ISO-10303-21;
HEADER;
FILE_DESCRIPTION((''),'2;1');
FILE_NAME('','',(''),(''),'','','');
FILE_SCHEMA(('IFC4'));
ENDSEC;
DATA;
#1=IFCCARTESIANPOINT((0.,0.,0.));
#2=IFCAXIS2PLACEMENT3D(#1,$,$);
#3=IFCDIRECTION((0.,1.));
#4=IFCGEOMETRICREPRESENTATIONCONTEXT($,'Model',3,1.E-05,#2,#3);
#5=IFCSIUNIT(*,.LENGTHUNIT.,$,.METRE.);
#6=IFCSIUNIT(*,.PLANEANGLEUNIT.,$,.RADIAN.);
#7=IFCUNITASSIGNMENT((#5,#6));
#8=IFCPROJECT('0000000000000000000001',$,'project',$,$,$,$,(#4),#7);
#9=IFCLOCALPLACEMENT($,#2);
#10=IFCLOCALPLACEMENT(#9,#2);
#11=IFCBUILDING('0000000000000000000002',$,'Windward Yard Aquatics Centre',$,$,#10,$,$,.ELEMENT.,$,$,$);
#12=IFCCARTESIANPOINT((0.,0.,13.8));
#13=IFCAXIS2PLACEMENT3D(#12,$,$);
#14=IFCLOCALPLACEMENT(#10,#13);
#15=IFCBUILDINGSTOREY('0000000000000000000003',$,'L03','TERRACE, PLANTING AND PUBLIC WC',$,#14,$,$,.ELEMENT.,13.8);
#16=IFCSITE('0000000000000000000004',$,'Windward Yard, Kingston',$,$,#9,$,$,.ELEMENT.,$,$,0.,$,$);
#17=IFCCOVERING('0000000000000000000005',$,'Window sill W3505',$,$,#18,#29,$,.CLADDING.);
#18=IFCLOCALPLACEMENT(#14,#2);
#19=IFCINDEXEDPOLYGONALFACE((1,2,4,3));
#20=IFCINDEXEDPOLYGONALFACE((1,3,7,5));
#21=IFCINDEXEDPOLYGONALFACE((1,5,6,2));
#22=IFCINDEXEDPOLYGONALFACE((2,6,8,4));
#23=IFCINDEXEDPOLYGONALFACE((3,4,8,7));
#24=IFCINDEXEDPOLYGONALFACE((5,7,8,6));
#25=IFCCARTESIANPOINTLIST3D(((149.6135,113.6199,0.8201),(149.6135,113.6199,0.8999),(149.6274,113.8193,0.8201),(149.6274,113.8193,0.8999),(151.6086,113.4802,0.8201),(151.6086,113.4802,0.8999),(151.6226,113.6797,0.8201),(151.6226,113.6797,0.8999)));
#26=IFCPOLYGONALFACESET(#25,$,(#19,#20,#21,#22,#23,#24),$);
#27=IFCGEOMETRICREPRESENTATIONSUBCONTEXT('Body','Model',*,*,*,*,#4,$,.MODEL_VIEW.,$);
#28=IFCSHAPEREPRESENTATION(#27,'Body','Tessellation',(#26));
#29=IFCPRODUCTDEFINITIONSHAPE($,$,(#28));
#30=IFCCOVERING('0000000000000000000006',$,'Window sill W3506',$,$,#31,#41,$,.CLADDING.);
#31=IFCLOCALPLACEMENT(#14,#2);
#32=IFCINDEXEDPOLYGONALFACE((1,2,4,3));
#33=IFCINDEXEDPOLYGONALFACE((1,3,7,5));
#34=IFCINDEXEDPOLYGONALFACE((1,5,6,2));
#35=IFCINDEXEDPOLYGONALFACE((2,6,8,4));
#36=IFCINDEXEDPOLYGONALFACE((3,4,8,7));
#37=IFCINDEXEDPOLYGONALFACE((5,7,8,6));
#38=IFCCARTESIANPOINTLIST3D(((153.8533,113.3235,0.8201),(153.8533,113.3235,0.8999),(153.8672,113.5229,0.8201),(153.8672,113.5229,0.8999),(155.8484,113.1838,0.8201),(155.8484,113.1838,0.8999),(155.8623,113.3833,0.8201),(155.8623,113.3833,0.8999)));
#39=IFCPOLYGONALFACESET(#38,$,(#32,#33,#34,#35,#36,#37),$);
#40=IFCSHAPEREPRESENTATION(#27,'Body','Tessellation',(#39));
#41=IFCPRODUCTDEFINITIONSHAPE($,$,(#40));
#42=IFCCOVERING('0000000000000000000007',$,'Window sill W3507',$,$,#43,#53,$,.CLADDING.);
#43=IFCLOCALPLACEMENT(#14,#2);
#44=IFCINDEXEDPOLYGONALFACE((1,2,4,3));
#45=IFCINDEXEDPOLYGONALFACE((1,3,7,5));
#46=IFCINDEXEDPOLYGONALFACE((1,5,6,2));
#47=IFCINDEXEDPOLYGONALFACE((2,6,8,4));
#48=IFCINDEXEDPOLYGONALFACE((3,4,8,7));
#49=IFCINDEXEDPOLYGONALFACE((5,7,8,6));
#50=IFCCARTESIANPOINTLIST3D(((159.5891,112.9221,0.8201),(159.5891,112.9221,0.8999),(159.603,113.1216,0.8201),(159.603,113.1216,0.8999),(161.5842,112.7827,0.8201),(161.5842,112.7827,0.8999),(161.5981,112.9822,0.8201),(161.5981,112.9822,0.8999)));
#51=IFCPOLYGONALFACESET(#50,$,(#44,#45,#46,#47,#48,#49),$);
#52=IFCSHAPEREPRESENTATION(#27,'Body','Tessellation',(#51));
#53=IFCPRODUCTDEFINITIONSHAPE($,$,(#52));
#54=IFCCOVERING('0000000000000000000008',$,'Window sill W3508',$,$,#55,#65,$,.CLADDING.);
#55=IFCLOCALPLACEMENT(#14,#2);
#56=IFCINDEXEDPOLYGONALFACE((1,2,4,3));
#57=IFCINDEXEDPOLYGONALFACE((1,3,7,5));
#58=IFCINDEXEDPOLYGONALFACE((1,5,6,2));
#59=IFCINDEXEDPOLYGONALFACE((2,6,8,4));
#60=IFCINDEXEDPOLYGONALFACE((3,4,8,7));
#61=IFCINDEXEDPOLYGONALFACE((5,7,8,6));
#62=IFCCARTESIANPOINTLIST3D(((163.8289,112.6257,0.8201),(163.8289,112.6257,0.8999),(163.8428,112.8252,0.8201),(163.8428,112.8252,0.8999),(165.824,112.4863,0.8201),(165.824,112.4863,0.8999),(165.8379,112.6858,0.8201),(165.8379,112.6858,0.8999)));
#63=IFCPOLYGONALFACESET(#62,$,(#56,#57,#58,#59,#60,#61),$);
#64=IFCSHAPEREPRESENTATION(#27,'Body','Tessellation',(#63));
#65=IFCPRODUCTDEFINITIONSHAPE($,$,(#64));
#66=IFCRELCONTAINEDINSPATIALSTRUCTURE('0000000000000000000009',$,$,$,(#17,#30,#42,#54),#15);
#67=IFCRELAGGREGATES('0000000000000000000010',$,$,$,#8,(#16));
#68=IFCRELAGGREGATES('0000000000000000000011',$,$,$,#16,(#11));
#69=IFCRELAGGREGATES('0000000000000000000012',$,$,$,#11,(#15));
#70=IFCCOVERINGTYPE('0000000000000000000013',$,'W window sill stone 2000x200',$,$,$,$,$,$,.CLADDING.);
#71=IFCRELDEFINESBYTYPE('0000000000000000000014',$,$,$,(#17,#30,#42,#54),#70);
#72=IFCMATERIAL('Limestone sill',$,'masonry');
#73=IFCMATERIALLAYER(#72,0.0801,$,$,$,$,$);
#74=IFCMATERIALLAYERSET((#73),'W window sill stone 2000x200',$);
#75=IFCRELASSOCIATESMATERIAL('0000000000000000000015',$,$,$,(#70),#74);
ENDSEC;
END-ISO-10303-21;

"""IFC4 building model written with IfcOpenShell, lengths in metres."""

from ifc_helpers import new_model, si_unit, direction, frame, origin, place, context, subcontext, project, spatial, polyline, outline, extrude, material, layer, layer_set, type_object, element, save


model = new_model("IFC4")

# Units and contexts
model_context = context("Model", 3, precision=1e-05, world=origin(), true_north=direction((0.0, 1.0)))
body_context = subcontext(model_context, "Body", "Model", "MODEL_VIEW")
ifc_project = project(units=[si_unit("LENGTHUNIT", "METRE"), si_unit("PLANEANGLEUNIT", "RADIAN")], contexts=[model_context])

# Site, building, storey
site_placement = place(None, origin())
site = spatial("IfcSite", under=ifc_project, at=site_placement, Name="Windward Yard, Kingston", CompositionType="ELEMENT", RefElevation=0.0)
building_placement = place(site_placement, origin())
building = spatial("IfcBuilding", under=site, at=building_placement, Name="Windward Yard Aquatics Centre", CompositionType="ELEMENT")
storey_placement = place(building_placement, frame((0.0, 0.0, 13.8)))
storey = spatial("IfcBuildingStorey", under=building, at=storey_placement, Name="L03", Description="TERRACE, PLANTING AND PUBLIC WC", CompositionType="ELEMENT", Elevation=13.8)

# Coverings
ifc_material_1 = material(Name="Limestone sill", Category="masonry")
ifc_layer_1 = layer(ifc_material_1, 0.0801)
ifc_layer_set_1 = layer_set([ifc_layer_1], Name="W window sill stone 2000x200")
covering_type_1 = type_object("IfcCoveringType", Name="W window sill stone 2000x200", PredefinedType="CLADDING", material=ifc_layer_set_1)
covering_1_placement = place(storey_placement, frame((0.0, 0.0, 0.8201)))
element("IfcCovering", 1, at=covering_1_placement, inside=storey, type_object=covering_type_1, Name="Window sill W3505", PredefinedType="CLADDING", context=body_context, shape_type="SweptSolid", body=[
    extrude(outline(polyline([(149.6135, 113.6199), (149.6274, 113.8193), (151.6226, 113.6797), (151.6086, 113.4802), (149.6135, 113.6199)])), origin(), (0.0, 0.0, 1.0), 0.0798),
])
covering_2_placement = place(storey_placement, frame((0.0, 0.0, 0.8201)))
element("IfcCovering", 2, at=covering_2_placement, inside=storey, type_object=covering_type_1, Name="Window sill W3506", PredefinedType="CLADDING", context=body_context, shape_type="SweptSolid", body=[
    extrude(outline(polyline([(153.8533, 113.3235), (153.8672, 113.5229), (155.8623, 113.3833), (155.8484, 113.1838), (153.8533, 113.3235)])), origin(), (0.0, 0.0, 1.0), 0.0798),
])
covering_3_placement = place(storey_placement, frame((0.0, 0.0, 0.8201)))
element("IfcCovering", 3, at=covering_3_placement, inside=storey, type_object=covering_type_1, Name="Window sill W3507", PredefinedType="CLADDING", context=body_context, shape_type="SweptSolid", body=[
    extrude(outline(polyline([(159.5891, 112.9221), (159.603, 113.1216), (161.5981, 112.9822), (161.5842, 112.7827), (159.5891, 112.9221)])), origin(), (0.0, 0.0, 1.0), 0.0798),
])
covering_4_placement = place(storey_placement, frame((0.0, 0.0, 0.8201)))
element("IfcCovering", 4, at=covering_4_placement, inside=storey, type_object=covering_type_1, Name="Window sill W3508", PredefinedType="CLADDING", context=body_context, shape_type="SweptSolid", body=[
    extrude(outline(polyline([(163.8289, 112.6257), (163.8428, 112.8252), (165.8379, 112.6858), (165.824, 112.4863), (163.8289, 112.6257)])), origin(), (0.0, 0.0, 1.0), 0.0798),
])

save(model, "model.ifc")
